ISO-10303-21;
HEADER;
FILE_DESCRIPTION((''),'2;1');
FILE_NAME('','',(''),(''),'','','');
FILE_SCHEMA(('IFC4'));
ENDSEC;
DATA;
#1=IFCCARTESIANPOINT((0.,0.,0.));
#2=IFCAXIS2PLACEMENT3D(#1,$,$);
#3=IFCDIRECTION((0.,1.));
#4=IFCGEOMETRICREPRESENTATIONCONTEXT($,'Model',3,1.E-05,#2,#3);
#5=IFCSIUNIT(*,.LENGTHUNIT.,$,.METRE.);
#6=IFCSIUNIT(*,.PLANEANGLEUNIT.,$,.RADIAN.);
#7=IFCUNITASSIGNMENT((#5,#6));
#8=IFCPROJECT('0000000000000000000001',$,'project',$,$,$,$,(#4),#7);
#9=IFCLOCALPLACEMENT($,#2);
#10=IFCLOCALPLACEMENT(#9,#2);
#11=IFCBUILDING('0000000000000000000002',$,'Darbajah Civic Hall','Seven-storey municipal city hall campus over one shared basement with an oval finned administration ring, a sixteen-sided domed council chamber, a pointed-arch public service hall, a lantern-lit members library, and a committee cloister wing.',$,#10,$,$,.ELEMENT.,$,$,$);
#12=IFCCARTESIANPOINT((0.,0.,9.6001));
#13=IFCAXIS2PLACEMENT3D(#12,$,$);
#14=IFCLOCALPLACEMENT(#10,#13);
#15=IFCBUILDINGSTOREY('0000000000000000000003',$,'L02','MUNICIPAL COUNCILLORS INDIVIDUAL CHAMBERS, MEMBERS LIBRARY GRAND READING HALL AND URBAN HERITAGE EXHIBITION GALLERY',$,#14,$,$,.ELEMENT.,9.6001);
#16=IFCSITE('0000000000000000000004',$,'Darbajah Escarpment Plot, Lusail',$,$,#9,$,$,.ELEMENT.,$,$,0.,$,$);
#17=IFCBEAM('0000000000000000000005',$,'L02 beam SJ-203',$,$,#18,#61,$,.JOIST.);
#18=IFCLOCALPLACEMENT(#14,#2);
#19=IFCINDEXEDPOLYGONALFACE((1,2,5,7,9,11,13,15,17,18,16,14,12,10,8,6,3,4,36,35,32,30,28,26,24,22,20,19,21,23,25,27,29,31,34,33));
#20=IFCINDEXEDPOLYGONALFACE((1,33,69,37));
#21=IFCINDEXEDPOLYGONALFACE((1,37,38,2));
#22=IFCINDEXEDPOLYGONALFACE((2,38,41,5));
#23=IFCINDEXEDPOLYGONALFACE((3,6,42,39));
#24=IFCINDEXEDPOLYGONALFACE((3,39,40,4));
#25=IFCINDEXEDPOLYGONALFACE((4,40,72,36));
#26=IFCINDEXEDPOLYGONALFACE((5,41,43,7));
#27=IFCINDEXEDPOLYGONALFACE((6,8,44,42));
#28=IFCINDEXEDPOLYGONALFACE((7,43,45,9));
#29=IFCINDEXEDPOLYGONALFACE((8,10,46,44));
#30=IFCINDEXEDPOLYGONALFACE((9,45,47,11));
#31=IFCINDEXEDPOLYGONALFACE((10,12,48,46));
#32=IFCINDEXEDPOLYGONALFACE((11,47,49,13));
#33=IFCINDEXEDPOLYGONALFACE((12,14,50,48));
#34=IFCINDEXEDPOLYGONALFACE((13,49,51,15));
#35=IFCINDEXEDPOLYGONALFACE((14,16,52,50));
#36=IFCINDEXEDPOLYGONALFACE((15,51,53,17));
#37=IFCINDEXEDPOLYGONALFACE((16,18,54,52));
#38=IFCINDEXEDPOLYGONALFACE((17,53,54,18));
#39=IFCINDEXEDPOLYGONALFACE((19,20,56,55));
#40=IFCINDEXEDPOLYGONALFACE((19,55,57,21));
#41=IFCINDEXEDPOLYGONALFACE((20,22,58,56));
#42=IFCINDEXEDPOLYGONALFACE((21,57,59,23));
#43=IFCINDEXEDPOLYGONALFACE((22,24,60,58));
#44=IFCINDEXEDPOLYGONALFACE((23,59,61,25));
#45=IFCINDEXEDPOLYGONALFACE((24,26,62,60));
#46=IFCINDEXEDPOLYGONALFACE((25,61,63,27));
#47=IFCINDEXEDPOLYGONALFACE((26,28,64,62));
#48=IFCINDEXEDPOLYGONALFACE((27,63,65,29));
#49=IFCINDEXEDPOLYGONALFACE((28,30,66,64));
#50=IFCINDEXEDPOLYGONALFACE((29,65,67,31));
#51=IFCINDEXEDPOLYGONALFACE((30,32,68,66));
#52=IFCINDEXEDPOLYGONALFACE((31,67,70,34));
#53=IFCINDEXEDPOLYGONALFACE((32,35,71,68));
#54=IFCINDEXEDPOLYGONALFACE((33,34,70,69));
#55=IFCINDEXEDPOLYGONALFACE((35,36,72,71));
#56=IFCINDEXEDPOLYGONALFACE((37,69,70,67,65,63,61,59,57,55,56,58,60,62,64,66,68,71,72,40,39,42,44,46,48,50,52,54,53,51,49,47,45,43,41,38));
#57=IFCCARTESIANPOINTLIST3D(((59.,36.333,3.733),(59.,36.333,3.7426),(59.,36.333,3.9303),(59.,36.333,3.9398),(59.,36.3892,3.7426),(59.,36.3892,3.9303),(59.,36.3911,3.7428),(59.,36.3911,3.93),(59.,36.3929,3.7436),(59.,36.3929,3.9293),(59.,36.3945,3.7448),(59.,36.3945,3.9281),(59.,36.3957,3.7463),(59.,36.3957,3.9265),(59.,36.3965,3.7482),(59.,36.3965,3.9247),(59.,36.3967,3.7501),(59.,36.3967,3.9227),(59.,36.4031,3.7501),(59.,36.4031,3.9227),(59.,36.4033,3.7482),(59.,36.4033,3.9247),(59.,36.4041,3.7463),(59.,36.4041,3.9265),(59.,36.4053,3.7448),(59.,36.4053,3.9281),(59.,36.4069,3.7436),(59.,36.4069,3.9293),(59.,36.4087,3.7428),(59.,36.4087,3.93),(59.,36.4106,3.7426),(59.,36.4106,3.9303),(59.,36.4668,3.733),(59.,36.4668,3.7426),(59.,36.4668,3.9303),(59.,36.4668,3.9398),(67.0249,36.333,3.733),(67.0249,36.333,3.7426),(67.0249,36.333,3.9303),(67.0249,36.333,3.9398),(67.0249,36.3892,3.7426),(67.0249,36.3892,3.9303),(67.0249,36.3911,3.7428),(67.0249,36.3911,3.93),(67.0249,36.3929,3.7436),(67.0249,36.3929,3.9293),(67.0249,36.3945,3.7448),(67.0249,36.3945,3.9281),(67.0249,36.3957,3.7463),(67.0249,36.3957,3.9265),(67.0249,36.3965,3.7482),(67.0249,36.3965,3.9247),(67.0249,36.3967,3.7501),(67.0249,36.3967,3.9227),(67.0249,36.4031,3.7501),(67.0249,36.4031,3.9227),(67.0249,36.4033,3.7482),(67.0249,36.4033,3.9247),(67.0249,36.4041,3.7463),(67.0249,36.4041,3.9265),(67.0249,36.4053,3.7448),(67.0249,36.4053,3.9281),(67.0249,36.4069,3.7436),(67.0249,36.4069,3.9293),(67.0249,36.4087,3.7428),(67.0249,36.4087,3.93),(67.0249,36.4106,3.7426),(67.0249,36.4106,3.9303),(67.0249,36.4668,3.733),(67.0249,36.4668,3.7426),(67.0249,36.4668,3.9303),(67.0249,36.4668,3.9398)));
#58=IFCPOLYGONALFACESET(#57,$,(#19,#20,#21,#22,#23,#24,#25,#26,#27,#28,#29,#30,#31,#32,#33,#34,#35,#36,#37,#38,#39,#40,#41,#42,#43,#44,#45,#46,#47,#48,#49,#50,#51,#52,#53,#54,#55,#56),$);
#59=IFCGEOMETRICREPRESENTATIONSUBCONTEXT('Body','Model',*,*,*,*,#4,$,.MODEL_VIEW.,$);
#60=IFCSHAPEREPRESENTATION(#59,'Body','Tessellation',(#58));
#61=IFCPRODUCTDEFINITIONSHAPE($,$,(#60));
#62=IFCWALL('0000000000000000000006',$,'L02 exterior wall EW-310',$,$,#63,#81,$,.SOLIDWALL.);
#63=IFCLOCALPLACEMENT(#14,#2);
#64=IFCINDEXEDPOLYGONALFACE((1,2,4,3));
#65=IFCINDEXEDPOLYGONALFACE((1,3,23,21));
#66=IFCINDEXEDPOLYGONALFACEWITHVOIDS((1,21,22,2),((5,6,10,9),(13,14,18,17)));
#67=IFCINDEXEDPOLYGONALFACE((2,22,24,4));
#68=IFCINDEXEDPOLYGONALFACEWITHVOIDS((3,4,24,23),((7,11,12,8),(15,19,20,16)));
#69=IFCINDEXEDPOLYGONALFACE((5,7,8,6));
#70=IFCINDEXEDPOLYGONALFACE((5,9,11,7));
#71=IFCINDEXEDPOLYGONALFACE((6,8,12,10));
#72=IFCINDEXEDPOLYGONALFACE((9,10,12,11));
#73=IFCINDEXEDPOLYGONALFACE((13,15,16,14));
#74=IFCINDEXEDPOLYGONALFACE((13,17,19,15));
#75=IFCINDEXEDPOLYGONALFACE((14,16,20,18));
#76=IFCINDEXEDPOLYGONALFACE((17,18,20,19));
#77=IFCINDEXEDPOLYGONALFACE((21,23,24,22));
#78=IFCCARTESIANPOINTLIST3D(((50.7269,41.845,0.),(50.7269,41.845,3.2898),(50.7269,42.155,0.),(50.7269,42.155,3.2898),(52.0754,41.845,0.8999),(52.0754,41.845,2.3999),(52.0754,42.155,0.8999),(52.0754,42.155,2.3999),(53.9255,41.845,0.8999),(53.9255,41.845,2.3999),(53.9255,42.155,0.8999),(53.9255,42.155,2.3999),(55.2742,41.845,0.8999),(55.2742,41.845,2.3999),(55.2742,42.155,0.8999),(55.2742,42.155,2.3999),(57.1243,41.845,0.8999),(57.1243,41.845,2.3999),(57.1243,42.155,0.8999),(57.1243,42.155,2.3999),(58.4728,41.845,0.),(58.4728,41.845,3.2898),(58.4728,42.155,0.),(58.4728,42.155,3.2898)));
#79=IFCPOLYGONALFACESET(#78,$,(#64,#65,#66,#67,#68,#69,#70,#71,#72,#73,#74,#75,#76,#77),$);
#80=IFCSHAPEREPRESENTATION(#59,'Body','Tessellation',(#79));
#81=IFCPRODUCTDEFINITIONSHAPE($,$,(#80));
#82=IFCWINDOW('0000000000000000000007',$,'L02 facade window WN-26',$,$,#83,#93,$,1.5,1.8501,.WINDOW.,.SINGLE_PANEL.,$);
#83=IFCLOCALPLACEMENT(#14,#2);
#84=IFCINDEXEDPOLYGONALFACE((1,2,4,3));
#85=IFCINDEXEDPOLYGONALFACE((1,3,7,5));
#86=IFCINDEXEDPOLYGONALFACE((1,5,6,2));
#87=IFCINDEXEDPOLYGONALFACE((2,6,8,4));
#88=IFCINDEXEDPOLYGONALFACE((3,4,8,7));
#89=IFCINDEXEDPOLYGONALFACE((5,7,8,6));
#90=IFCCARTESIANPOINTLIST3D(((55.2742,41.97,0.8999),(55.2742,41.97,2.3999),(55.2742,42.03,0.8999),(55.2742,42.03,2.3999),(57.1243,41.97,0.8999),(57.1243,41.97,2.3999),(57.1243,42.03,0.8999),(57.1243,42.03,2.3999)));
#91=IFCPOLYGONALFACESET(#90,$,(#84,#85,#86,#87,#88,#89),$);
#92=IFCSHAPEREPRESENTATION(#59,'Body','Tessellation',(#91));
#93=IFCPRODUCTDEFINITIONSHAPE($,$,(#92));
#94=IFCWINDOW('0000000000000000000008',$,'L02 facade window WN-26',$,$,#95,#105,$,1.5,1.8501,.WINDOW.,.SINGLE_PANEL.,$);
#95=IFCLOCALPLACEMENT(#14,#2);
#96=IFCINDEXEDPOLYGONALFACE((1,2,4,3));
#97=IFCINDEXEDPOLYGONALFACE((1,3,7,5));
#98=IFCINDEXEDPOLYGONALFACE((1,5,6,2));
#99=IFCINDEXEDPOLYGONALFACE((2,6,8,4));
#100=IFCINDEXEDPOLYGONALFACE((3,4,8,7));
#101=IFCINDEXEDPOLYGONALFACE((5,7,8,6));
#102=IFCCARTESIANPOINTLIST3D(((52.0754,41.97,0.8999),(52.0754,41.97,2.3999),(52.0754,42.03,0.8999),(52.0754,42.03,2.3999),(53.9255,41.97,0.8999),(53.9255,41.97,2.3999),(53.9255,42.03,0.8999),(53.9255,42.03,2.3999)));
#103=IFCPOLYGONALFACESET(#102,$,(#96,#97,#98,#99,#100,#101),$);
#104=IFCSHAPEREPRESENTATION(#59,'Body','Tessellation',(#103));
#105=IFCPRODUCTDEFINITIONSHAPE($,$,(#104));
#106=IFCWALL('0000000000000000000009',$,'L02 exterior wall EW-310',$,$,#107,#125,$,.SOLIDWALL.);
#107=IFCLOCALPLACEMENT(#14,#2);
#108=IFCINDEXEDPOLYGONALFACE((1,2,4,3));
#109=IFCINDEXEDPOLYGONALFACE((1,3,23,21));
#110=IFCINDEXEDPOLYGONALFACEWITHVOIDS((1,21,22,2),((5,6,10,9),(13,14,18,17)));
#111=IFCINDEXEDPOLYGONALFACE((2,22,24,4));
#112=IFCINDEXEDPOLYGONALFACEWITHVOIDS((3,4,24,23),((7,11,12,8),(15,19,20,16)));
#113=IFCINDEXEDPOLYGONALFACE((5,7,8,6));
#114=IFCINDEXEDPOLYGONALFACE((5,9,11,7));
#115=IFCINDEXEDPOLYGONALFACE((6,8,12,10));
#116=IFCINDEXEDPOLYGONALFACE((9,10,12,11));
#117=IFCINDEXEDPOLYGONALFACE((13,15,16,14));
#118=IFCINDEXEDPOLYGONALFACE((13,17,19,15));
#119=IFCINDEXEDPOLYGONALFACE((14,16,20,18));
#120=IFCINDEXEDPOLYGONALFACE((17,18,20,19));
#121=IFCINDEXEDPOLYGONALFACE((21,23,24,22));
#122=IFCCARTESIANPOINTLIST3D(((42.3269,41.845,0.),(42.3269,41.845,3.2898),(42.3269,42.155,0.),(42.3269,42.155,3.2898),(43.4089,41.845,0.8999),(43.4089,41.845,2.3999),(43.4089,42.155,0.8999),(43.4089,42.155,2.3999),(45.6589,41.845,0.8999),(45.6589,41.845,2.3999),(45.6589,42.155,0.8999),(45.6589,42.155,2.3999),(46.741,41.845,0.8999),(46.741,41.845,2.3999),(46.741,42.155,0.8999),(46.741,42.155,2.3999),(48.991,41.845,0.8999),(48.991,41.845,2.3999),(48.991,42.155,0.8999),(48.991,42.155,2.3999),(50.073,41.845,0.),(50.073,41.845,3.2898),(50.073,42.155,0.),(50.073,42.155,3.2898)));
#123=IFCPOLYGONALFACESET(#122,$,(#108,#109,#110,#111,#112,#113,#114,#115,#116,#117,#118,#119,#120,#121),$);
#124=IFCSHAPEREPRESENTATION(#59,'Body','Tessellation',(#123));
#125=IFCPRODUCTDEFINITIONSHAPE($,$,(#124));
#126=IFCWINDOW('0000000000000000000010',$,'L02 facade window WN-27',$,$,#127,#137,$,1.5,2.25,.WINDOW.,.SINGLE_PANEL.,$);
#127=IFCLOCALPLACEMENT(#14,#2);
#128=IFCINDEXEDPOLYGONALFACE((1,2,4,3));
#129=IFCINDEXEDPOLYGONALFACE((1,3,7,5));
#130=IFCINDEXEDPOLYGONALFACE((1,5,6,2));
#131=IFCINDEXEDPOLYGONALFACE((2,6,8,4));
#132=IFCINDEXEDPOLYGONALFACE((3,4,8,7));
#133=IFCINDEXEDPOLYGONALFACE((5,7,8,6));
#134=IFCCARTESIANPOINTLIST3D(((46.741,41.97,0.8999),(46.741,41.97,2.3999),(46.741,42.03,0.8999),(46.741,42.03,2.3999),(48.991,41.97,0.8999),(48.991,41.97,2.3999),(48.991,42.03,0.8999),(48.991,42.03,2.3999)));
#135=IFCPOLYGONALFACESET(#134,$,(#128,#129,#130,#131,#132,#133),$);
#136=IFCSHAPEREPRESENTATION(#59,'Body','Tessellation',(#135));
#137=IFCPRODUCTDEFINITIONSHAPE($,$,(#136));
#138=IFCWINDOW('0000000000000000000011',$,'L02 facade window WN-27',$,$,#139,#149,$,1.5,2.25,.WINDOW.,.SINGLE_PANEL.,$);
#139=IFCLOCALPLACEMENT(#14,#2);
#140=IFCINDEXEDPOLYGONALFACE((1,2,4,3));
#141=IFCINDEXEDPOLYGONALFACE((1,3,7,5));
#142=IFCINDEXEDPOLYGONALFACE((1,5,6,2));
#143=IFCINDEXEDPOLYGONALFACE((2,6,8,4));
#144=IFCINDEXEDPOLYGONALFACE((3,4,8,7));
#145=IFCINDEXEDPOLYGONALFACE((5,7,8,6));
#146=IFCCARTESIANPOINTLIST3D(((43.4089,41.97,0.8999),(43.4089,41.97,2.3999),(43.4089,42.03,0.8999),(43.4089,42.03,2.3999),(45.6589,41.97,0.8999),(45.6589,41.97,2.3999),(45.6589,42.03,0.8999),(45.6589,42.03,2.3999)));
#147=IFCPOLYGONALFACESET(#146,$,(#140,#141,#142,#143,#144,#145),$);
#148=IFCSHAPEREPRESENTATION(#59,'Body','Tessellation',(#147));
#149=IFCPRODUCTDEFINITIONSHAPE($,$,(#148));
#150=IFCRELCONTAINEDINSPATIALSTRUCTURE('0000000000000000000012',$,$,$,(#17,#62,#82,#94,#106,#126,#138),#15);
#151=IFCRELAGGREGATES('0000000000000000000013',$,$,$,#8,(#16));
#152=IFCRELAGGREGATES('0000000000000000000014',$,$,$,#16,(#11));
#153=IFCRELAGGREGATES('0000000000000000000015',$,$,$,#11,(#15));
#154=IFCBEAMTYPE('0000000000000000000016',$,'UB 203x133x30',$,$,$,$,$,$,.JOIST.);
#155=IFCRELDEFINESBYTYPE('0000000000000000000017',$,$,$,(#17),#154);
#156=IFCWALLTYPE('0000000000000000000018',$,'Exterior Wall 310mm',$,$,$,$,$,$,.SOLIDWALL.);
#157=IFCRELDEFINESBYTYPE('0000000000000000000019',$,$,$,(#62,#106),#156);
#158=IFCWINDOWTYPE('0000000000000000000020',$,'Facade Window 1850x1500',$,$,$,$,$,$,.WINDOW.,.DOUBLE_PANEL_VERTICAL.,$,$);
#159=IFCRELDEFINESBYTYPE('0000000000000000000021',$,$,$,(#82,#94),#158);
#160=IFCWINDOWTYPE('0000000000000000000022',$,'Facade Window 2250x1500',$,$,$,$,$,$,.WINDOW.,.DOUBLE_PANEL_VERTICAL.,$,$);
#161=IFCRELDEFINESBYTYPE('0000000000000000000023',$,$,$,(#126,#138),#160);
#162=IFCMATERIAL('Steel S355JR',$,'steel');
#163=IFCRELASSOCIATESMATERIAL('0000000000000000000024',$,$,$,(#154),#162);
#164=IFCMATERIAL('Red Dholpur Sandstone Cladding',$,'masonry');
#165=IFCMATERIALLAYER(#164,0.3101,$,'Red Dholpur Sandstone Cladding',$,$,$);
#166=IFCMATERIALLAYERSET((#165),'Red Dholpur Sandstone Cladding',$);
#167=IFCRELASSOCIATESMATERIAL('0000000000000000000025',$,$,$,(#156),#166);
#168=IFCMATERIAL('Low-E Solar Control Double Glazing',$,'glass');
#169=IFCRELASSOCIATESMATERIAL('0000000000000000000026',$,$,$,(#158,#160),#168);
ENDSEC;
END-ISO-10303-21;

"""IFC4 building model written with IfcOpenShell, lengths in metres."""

from ifc_helpers import new_model, si_unit, direction, frame, frame_2d, origin, origin_2d, place, context, subcontext, project, spatial, rectangle, i_section, extrude, material, layer, layer_set, material_profile, profile_set, type_object, element, fill, save


model = new_model("IFC4")

# Units and contexts
model_context = context("Model", 3, precision=1e-05, world=origin(), true_north=direction((0.0, 1.0)))
body_context = subcontext(model_context, "Body", "Model", "MODEL_VIEW")
ifc_project = project(units=[si_unit("LENGTHUNIT", "METRE"), si_unit("PLANEANGLEUNIT", "RADIAN")], contexts=[model_context])

# Site, building, storey
site_placement = place(None, origin())
site = spatial("IfcSite", under=ifc_project, at=site_placement, Name="Darbajah Escarpment Plot, Lusail", CompositionType="ELEMENT", RefElevation=0.0)
building_placement = place(site_placement, origin())
building = spatial("IfcBuilding", under=site, at=building_placement, Name="Darbajah Civic Hall", Description="Seven-storey municipal city hall campus over one shared basement with an oval finned administration ring, a sixteen-sided domed council chamber, a pointed-arch public service hall, a lantern-lit members library, and a committee cloister wing.", CompositionType="ELEMENT")
storey_placement = place(building_placement, frame((0.0, 0.0, 9.6001)))
storey = spatial("IfcBuildingStorey", under=building, at=storey_placement, Name="L02", Description="MUNICIPAL COUNCILLORS INDIVIDUAL CHAMBERS, MEMBERS LIBRARY GRAND READING HALL AND URBAN HERITAGE EXHIBITION GALLERY", CompositionType="ELEMENT", Elevation=9.6001)

# Beam
ifc_material_1 = material(Name="Steel S355JR", Category="steel")
ifc_material_profile_1 = material_profile(ifc_material_1, i_section(OverallWidth=0.1338, OverallDepth=0.2068, WebThickness=0.0063, FlangeThickness=0.0095, FilletRadius=0.0076, at=origin_2d()), Name="UB 203x133x30")
ifc_profile_set_1 = profile_set([ifc_material_profile_1], Name="Steel S355JR")
beam_type_1 = type_object("IfcBeamType", Name="UB 203x133x30", PredefinedType="JOIST", material=ifc_profile_set_1)
beam_1_placement = place(storey_placement, frame((59.0, 36.3999, 3.8364), z_axis=(1.0, 0.0, 0.0), x_axis=(0.0, 1.0, 0.0)))
element("IfcBeam", 1, at=beam_1_placement, inside=storey, type_object=beam_type_1, Name="L02 beam SJ-203", PredefinedType="JOIST", context=body_context, shape_type="SweptSolid", body=[
    extrude(i_section(OverallWidth=0.1338, OverallDepth=0.2068, WebThickness=0.0063, FlangeThickness=0.0095, FilletRadius=0.0076, at=origin_2d()), origin(), (0.0, 0.0, 1.0), 8.0249),
])

# Walls, openings, windows
ifc_material_2 = material(Name="Red Dholpur Sandstone Cladding", Category="masonry")
ifc_layer = layer(ifc_material_2, 0.3101, Name="Red Dholpur Sandstone Cladding")
ifc_layer_set = layer_set([ifc_layer], Name="Red Dholpur Sandstone Cladding")
wall_type = type_object("IfcWallType", Name="Exterior Wall 310mm", PredefinedType="SOLIDWALL", material=ifc_layer_set)
wall_1_placement = place(storey_placement, frame((58.4729, 42.0, 0.0), z_axis=(0.0, 0.0, 1.0), x_axis=(-1.0, 0.0, 0.0)))
wall_1 = element("IfcWall", 2, at=wall_1_placement, inside=storey, type_object=wall_type, Name="L02 exterior wall EW-310", PredefinedType="SOLIDWALL", context=body_context, shape_type="SweptSolid", body=[
    extrude(rectangle(XDim=7.7458, YDim=0.3101, at=frame_2d((3.873, 0.0))), origin(), (0.0, 0.0, 1.0), 3.2898),
])
opening_1_placement = place(wall_1_placement, frame((1.3486, 0.0, 0.8999)))
opening_1 = element("IfcOpeningElement", 3, at=opening_1_placement, cuts=wall_1, PredefinedType="OPENING", context=body_context, shape_type="SweptSolid", body=[
    extrude(rectangle(XDim=1.8501, YDim=1.5, at=frame_2d((0.925, 0.75))), frame((0.0, 0.165, 0.0), z_axis=(0.0, -1.0, 0.0), x_axis=(1.0, 0.0, 0.0)), (0.0, 0.0, 1.0), 0.3301),
])
opening_2_placement = place(wall_1_placement, frame((4.5474, 0.0, 0.8999)))
opening_2 = element("IfcOpeningElement", 4, at=opening_2_placement, cuts=wall_1, PredefinedType="OPENING", context=body_context, shape_type="SweptSolid", body=[
    extrude(rectangle(XDim=1.8501, YDim=1.5, at=frame_2d((0.925, 0.75))), frame((0.0, 0.165, 0.0), z_axis=(0.0, -1.0, 0.0), x_axis=(1.0, 0.0, 0.0)), (0.0, 0.0, 1.0), 0.3301),
])
ifc_material_3 = material(Name="Low-E Solar Control Double Glazing", Category="glass")
window_type_1 = type_object("IfcWindowType", Name="Facade Window 1850x1500", PartitioningType="DOUBLE_PANEL_VERTICAL", PredefinedType="WINDOW", material=ifc_material_3)
window_1_placement = place(opening_1_placement, origin())
window_1 = element("IfcWindow", 5, at=window_1_placement, inside=storey, type_object=window_type_1, Name="L02 facade window WN-26", OverallHeight=1.5, OverallWidth=1.8501, PartitioningType="SINGLE_PANEL", PredefinedType="WINDOW", context=body_context, shape_type="SweptSolid", body=[
    extrude(rectangle(XDim=1.8501, YDim=1.5, at=frame_2d((0.925, 0.75))), frame((0.0, 0.03, 0.0), z_axis=(0.0, -1.0, 0.0), x_axis=(1.0, 0.0, 0.0)), (0.0, 0.0, 1.0), 0.0601),
])
fill(opening_1, window_1)
window_2_placement = place(opening_2_placement, origin())
window_2 = element("IfcWindow", 6, at=window_2_placement, inside=storey, type_object=window_type_1, Name="L02 facade window WN-26", OverallHeight=1.5, OverallWidth=1.8501, PartitioningType="SINGLE_PANEL", PredefinedType="WINDOW", context=body_context, shape_type="SweptSolid", body=[
    extrude(rectangle(XDim=1.8501, YDim=1.5, at=frame_2d((0.925, 0.75))), frame((0.0, 0.03, 0.0), z_axis=(0.0, -1.0, 0.0), x_axis=(1.0, 0.0, 0.0)), (0.0, 0.0, 1.0), 0.0601),
])
fill(opening_2, window_2)
wall_2_placement = place(storey_placement, frame((50.073, 42.0, 0.0), z_axis=(0.0, 0.0, 1.0), x_axis=(-1.0, 0.0, 0.0)))
wall_2 = element("IfcWall", 7, at=wall_2_placement, inside=storey, type_object=wall_type, Name="L02 exterior wall EW-310", PredefinedType="SOLIDWALL", context=body_context, shape_type="SweptSolid", body=[
    extrude(rectangle(XDim=7.7461, YDim=0.3101, at=frame_2d((3.873, 0.0))), origin(), (0.0, 0.0, 1.0), 3.2898),
])
opening_3_placement = place(wall_2_placement, frame((1.082, 0.0, 0.8999)))
opening_3 = element("IfcOpeningElement", 8, at=opening_3_placement, cuts=wall_2, PredefinedType="OPENING", context=body_context, shape_type="SweptSolid", body=[
    extrude(rectangle(XDim=2.25, YDim=1.5, at=frame_2d((1.125, 0.75))), frame((0.0, 0.165, 0.0), z_axis=(0.0, -1.0, 0.0), x_axis=(1.0, 0.0, 0.0)), (0.0, 0.0, 1.0), 0.3301),
])
opening_4_placement = place(wall_2_placement, frame((4.4141, 0.0, 0.8999)))
opening_4 = element("IfcOpeningElement", 9, at=opening_4_placement, cuts=wall_2, PredefinedType="OPENING", context=body_context, shape_type="SweptSolid", body=[
    extrude(rectangle(XDim=2.25, YDim=1.5, at=frame_2d((1.125, 0.75))), frame((0.0, 0.165, 0.0), z_axis=(0.0, -1.0, 0.0), x_axis=(1.0, 0.0, 0.0)), (0.0, 0.0, 1.0), 0.3301),
])
window_type_2 = type_object("IfcWindowType", Name="Facade Window 2250x1500", PartitioningType="DOUBLE_PANEL_VERTICAL", PredefinedType="WINDOW", material=ifc_material_3)
window_3_placement = place(opening_3_placement, origin())
window_3 = element("IfcWindow", 10, at=window_3_placement, inside=storey, type_object=window_type_2, Name="L02 facade window WN-27", OverallHeight=1.5, OverallWidth=2.25, PartitioningType="SINGLE_PANEL", PredefinedType="WINDOW", context=body_context, shape_type="SweptSolid", body=[
    extrude(rectangle(XDim=2.25, YDim=1.5, at=frame_2d((1.125, 0.75))), frame((0.0, 0.03, 0.0), z_axis=(0.0, -1.0, 0.0), x_axis=(1.0, 0.0, 0.0)), (0.0, 0.0, 1.0), 0.0601),
])
fill(opening_3, window_3)
window_4_placement = place(opening_4_placement, origin())
window_4 = element("IfcWindow", 11, at=window_4_placement, inside=storey, type_object=window_type_2, Name="L02 facade window WN-27", OverallHeight=1.5, OverallWidth=2.25, PartitioningType="SINGLE_PANEL", PredefinedType="WINDOW", context=body_context, shape_type="SweptSolid", body=[
    extrude(rectangle(XDim=2.25, YDim=1.5, at=frame_2d((1.125, 0.75))), frame((0.0, 0.03, 0.0), z_axis=(0.0, -1.0, 0.0), x_axis=(1.0, 0.0, 0.0)), (0.0, 0.0, 1.0), 0.0601),
])
fill(opening_4, window_4)

save(model, "model.ifc")
